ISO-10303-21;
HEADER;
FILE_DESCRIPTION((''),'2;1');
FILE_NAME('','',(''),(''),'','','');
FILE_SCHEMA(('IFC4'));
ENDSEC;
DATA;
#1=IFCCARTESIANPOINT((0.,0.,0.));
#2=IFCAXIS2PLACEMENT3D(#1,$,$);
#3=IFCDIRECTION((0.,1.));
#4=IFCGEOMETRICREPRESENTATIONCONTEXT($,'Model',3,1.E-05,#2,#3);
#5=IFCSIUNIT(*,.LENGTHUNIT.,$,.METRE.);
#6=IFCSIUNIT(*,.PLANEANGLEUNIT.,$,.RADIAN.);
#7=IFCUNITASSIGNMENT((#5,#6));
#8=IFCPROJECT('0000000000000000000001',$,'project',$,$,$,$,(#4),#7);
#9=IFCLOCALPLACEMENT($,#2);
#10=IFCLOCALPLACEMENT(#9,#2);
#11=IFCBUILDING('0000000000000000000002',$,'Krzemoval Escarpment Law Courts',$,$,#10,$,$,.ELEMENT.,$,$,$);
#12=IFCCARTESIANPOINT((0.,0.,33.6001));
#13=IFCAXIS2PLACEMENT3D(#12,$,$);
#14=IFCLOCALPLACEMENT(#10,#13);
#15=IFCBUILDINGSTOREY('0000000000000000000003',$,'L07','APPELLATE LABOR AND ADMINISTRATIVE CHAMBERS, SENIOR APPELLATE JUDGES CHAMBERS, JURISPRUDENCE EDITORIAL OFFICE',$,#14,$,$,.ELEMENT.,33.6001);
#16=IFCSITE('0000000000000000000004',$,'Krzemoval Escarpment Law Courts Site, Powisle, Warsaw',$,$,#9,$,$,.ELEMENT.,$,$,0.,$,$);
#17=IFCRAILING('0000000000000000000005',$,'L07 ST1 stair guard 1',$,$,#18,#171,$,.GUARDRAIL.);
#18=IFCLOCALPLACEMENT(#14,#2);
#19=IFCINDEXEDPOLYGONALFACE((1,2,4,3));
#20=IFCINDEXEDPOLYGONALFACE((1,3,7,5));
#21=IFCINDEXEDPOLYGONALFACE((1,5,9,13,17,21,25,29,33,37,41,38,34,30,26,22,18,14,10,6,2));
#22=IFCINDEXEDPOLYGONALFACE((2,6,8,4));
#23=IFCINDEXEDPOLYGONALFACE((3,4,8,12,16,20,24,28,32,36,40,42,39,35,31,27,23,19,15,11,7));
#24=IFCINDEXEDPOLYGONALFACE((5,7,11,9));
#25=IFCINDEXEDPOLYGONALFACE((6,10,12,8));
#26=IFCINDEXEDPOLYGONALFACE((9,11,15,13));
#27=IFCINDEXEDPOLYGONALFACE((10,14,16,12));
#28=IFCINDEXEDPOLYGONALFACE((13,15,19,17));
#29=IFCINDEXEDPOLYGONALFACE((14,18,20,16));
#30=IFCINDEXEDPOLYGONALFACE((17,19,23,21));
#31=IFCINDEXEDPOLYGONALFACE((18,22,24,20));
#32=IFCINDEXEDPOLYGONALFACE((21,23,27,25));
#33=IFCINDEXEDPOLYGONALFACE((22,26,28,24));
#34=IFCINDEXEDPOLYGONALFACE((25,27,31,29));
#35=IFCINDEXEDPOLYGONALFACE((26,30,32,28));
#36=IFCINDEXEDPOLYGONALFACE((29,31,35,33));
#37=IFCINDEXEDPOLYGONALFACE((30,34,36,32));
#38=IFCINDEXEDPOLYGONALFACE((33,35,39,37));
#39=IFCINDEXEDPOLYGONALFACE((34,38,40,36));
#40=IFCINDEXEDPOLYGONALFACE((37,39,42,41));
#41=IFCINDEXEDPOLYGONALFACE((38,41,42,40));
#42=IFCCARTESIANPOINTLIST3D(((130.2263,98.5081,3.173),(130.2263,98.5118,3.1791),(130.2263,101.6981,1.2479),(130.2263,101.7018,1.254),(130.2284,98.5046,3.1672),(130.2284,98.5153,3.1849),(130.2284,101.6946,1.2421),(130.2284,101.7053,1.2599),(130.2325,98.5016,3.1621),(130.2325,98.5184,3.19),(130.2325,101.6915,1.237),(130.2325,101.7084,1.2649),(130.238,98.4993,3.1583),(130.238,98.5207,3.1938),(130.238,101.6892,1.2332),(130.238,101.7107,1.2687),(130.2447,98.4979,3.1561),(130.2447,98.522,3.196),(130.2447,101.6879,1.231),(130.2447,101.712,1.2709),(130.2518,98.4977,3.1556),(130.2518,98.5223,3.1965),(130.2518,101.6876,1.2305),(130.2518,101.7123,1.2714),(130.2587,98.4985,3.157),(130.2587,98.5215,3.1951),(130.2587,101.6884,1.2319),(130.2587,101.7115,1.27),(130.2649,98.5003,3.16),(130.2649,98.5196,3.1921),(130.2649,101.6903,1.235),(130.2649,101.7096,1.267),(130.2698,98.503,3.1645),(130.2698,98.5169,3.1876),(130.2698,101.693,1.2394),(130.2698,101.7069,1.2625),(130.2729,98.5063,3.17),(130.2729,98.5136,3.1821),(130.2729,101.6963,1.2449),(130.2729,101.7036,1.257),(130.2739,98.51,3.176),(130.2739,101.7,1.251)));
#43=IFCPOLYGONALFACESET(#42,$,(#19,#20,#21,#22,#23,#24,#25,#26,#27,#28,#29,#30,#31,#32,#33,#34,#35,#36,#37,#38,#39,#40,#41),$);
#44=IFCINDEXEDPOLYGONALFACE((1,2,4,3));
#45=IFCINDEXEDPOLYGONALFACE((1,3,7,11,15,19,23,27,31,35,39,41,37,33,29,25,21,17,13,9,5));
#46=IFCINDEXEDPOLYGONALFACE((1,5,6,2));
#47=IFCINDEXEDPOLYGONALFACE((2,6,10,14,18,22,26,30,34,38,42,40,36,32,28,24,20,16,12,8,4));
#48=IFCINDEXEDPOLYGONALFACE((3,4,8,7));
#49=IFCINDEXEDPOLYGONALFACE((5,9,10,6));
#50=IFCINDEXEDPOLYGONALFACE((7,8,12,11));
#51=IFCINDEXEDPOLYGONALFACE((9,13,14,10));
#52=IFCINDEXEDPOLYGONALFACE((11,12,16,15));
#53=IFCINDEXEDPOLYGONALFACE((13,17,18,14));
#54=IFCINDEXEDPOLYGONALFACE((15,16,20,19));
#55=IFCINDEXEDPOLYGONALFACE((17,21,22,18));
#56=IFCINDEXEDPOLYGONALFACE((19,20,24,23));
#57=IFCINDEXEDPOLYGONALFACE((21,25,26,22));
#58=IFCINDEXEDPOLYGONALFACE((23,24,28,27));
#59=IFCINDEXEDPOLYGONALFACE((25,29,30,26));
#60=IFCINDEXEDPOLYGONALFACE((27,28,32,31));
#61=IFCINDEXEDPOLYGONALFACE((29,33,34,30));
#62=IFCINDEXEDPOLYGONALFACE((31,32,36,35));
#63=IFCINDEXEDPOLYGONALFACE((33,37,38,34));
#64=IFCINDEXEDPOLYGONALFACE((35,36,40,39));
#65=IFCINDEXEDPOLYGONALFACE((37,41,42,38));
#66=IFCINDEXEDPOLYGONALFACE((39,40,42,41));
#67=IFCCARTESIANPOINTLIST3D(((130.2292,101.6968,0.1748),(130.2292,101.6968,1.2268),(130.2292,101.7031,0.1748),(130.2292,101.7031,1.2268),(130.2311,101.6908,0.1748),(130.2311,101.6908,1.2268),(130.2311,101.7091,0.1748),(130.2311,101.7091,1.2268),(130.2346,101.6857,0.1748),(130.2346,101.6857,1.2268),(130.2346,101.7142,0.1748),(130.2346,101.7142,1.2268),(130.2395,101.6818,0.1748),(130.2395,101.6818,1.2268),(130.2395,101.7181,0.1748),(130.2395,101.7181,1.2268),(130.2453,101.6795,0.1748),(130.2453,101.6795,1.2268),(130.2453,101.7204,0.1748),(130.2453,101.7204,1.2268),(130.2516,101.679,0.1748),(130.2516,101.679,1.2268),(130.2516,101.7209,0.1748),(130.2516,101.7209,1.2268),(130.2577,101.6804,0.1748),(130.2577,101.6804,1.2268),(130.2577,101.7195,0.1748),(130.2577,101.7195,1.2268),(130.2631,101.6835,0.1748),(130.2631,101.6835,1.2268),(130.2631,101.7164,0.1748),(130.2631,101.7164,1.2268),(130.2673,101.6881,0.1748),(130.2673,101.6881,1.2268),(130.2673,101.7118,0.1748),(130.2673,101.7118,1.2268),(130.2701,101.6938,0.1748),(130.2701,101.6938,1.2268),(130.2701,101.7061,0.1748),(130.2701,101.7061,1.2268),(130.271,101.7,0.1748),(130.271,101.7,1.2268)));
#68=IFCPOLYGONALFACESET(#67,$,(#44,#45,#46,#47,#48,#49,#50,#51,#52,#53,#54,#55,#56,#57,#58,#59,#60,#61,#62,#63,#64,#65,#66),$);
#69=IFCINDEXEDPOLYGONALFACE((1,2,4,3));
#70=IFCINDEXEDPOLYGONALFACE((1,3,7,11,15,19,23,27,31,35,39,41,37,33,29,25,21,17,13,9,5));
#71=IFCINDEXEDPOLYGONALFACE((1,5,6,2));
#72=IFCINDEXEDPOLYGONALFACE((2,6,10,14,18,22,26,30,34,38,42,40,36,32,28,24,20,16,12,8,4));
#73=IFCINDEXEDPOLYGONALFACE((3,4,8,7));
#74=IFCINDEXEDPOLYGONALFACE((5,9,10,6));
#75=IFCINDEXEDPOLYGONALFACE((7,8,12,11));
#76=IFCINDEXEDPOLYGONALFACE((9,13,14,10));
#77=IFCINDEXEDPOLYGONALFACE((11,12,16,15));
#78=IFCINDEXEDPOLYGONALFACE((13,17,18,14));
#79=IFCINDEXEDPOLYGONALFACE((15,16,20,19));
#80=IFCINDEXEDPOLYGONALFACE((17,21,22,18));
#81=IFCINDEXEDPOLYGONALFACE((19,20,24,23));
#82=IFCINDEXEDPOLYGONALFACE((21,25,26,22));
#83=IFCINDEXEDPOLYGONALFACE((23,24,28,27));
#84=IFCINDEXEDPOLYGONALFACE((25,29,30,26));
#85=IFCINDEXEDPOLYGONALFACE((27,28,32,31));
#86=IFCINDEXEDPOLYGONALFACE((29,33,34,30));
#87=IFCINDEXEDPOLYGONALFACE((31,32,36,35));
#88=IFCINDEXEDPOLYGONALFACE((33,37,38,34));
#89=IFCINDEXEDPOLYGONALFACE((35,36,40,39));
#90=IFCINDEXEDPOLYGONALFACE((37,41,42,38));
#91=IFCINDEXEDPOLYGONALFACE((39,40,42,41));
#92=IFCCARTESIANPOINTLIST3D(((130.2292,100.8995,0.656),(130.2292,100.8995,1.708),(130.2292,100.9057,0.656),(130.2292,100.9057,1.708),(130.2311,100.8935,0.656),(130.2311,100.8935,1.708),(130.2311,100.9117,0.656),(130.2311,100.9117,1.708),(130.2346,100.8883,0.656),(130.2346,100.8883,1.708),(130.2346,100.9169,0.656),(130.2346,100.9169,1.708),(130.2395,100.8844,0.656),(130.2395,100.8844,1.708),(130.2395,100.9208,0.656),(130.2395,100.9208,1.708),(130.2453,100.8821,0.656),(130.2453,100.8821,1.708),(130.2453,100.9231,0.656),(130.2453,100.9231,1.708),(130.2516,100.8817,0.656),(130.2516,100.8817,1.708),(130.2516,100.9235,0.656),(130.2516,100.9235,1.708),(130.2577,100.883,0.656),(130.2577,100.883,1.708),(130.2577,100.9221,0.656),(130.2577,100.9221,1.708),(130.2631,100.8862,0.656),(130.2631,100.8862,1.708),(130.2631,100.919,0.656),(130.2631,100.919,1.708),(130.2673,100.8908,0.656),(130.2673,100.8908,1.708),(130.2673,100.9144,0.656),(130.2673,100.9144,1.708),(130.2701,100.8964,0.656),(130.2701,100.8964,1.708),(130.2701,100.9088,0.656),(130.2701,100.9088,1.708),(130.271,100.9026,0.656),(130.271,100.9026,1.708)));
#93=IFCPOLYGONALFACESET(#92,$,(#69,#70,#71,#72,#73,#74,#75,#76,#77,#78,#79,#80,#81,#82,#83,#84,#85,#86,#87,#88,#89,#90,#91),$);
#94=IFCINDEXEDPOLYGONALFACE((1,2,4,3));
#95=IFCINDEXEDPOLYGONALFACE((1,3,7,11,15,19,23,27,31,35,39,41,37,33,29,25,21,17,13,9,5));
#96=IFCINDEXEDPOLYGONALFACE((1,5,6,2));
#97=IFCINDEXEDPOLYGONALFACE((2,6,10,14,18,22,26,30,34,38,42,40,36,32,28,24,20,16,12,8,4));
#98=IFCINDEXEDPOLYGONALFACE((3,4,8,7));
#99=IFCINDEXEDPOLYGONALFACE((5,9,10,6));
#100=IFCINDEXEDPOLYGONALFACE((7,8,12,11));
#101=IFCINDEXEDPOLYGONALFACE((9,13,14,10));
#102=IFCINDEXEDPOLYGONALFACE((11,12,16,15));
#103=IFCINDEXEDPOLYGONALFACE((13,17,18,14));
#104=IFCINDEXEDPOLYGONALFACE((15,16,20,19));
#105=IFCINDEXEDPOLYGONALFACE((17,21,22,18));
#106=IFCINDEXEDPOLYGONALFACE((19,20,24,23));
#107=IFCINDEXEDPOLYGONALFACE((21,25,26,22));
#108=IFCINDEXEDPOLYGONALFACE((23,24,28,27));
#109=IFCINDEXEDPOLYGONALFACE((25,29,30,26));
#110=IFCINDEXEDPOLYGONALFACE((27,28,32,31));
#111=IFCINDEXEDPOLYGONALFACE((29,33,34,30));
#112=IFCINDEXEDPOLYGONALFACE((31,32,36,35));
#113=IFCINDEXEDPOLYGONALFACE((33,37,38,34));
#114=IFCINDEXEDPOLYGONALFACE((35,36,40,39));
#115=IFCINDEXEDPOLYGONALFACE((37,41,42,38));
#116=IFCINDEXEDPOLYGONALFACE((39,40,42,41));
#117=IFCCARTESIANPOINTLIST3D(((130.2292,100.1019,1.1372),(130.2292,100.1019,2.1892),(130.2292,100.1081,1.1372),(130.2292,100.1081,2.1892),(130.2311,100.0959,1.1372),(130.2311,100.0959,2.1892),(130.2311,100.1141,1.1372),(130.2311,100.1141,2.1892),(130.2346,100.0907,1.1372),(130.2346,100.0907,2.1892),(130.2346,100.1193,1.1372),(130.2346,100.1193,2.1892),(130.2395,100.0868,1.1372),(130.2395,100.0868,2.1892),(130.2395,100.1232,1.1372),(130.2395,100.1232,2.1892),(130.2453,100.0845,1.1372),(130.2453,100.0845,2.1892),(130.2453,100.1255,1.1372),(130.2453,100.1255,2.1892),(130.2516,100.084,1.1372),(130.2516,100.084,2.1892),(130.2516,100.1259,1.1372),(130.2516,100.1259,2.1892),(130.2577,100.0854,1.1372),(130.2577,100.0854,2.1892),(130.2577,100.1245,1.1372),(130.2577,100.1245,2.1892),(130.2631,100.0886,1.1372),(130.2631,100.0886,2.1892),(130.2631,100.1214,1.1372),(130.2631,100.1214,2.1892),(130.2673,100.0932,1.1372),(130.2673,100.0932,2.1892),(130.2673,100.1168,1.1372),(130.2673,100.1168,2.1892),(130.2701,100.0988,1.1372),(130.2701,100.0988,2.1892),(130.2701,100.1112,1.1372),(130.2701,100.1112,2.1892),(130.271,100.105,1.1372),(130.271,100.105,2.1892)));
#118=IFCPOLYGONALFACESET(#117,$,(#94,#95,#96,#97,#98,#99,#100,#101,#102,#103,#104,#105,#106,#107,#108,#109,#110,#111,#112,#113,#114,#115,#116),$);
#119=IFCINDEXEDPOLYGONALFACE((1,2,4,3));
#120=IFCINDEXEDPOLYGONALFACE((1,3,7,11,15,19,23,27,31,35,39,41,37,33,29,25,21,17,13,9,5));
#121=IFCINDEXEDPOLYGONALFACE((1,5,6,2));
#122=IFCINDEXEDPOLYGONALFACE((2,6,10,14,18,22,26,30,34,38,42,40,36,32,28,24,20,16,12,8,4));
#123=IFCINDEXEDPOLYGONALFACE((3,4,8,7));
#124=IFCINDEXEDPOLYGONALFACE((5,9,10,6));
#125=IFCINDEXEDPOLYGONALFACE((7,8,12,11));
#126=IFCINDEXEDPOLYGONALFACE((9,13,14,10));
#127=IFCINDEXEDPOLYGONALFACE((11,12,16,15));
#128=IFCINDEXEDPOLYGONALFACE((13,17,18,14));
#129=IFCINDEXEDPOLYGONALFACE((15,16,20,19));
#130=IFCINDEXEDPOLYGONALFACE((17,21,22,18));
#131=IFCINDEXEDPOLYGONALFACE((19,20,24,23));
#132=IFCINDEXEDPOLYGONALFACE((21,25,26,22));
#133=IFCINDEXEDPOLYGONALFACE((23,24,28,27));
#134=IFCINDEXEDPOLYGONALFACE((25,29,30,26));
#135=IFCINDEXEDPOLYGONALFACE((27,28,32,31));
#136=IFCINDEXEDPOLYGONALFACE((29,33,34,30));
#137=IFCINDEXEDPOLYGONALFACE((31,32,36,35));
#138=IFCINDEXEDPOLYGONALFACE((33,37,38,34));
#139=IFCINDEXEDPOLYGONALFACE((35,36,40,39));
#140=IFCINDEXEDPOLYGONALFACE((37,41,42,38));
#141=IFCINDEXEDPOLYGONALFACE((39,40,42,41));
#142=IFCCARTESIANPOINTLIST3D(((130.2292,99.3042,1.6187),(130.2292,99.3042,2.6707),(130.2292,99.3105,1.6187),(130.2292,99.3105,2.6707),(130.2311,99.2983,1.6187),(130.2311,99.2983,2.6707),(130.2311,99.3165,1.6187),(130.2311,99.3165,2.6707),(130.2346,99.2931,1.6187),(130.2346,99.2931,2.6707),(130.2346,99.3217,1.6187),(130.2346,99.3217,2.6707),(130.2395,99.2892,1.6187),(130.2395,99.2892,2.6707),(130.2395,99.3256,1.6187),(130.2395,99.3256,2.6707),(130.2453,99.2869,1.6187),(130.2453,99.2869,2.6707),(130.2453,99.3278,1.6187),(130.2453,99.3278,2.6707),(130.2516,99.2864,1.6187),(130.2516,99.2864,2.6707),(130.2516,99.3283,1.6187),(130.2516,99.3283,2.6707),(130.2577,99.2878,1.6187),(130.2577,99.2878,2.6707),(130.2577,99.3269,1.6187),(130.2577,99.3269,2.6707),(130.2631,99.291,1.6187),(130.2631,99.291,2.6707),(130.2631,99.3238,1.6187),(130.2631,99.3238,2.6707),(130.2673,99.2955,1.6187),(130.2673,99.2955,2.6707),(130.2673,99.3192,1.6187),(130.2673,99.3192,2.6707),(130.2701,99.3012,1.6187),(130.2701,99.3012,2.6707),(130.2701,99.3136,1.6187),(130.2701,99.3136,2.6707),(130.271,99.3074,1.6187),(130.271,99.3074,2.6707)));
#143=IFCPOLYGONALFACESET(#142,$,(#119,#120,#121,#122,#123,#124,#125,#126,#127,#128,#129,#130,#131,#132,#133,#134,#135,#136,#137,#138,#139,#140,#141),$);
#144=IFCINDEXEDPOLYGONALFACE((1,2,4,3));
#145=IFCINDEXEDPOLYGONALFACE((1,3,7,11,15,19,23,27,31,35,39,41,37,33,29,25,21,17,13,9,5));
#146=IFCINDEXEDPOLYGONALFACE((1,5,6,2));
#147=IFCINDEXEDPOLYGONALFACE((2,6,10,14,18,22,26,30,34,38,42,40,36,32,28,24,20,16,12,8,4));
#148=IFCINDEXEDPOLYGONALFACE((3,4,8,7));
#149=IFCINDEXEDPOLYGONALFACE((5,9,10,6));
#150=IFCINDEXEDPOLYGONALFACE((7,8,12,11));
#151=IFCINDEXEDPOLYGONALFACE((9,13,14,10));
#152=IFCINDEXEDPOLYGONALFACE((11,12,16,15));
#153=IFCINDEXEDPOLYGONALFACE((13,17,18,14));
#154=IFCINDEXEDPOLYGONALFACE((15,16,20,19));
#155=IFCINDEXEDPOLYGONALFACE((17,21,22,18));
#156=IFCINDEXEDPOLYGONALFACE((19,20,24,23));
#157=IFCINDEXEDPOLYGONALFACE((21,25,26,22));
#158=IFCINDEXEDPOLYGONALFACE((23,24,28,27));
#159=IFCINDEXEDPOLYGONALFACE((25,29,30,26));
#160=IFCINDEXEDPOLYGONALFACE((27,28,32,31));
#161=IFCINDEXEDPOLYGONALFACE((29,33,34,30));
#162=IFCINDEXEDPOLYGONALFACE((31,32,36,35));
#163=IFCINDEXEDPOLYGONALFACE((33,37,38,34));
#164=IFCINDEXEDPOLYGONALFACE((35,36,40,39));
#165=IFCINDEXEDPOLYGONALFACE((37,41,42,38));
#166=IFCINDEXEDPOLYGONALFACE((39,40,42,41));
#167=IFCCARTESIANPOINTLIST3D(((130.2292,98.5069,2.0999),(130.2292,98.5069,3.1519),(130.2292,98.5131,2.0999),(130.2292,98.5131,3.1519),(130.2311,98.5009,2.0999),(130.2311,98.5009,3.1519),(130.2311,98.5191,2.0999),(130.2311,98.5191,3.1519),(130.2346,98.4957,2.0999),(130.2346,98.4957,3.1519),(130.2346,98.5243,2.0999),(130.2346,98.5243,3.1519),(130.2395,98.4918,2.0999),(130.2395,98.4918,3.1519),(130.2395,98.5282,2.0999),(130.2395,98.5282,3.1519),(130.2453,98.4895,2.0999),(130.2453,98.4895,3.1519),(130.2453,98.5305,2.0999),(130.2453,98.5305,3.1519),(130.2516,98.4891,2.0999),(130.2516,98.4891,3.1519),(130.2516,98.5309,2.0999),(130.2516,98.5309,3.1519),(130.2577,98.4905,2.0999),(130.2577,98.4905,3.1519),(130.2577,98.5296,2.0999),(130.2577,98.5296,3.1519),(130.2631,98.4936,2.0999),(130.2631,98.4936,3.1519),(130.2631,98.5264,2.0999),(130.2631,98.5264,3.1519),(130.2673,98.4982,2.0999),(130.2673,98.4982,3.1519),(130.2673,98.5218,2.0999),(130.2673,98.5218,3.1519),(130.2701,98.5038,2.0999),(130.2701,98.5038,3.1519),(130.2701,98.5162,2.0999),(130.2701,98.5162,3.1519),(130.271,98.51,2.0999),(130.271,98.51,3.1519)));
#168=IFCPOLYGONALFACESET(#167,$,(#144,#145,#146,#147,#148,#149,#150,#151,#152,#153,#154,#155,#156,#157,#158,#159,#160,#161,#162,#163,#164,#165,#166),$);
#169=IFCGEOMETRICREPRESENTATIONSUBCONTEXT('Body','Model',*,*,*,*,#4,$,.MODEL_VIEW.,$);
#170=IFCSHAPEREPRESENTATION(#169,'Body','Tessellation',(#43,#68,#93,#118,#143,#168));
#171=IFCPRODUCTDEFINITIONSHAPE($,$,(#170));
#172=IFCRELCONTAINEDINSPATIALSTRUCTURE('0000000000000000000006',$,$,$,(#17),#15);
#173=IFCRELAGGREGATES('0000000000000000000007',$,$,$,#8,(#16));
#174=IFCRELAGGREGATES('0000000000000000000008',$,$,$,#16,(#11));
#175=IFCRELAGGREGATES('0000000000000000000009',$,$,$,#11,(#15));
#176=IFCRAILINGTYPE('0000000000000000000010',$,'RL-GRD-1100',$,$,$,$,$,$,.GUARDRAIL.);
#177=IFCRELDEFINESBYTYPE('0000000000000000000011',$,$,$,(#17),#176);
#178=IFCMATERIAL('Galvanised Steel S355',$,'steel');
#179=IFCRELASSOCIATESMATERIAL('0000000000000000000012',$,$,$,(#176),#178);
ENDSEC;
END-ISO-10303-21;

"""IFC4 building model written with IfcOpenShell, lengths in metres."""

from ifc_helpers import new_model, si_unit, direction, frame, origin, origin_2d, place, context, subcontext, project, spatial, circle, extrude, material, type_object, element, save


model = new_model("IFC4")

# Units and contexts
model_context = context("Model", 3, precision=1e-05, world=origin(), true_north=direction((0.0, 1.0)))
body_context = subcontext(model_context, "Body", "Model", "MODEL_VIEW")
ifc_project = project(units=[si_unit("LENGTHUNIT", "METRE"), si_unit("PLANEANGLEUNIT", "RADIAN")], contexts=[model_context])

# Site, building, storey
site_placement = place(None, origin())
site = spatial("IfcSite", under=ifc_project, at=site_placement, Name="Krzemoval Escarpment Law Courts Site, Powisle, Warsaw", CompositionType="ELEMENT", RefElevation=0.0)
building_placement = place(site_placement, origin())
building = spatial("IfcBuilding", under=site, at=building_placement, Name="Krzemoval Escarpment Law Courts", CompositionType="ELEMENT")
storey_placement = place(building_placement, frame((0.0, 0.0, 33.6001)))
storey = spatial("IfcBuildingStorey", under=building, at=storey_placement, Name="L07", Description="APPELLATE LABOR AND ADMINISTRATIVE CHAMBERS, SENIOR APPELLATE JUDGES CHAMBERS, JURISPRUDENCE EDITORIAL OFFICE", CompositionType="ELEMENT", Elevation=33.6001)

# Railing
ifc_material_1 = material(Name="Galvanised Steel S355", Category="steel")
railing_type_1 = type_object("IfcRailingType", Name="RL-GRD-1100", PredefinedType="GUARDRAIL", material=ifc_material_1)
railing_1_placement = place(storey_placement, frame((130.25, 101.7, 0.1748)))
element("IfcRailing", 1, at=railing_1_placement, inside=storey, type_object=railing_type_1, Name="L07 ST1 stair guard 1", PredefinedType="GUARDRAIL", context=body_context, shape_type="SweptSolid", body=[
    extrude(circle(Radius=0.0239, at=origin_2d()), frame((0.0, 0.0, 1.0762), z_axis=(0.0, -0.856178, 0.516682), x_axis=(1.0, 0.0, 0.0)), (0.0, 0.0, 1.0), 3.7258),
    extrude(circle(Radius=0.021, at=origin_2d()), origin(), (0.0, 0.0, 1.0), 1.052),
    extrude(circle(Radius=0.021, at=origin_2d()), frame((0.0, -0.7974, 0.4812)), (0.0, 0.0, 1.0), 1.052),
    extrude(circle(Radius=0.021, at=origin_2d()), frame((0.0, -1.595, 0.9624)), (0.0, 0.0, 1.0), 1.052),
    extrude(circle(Radius=0.021, at=origin_2d()), frame((0.0, -2.3926, 1.4438)), (0.0, 0.0, 1.0), 1.052),
    extrude(circle(Radius=0.021, at=origin_2d()), frame((0.0, -3.1899, 1.925)), (0.0, 0.0, 1.0), 1.052),
])

save(model, "model.ifc")
